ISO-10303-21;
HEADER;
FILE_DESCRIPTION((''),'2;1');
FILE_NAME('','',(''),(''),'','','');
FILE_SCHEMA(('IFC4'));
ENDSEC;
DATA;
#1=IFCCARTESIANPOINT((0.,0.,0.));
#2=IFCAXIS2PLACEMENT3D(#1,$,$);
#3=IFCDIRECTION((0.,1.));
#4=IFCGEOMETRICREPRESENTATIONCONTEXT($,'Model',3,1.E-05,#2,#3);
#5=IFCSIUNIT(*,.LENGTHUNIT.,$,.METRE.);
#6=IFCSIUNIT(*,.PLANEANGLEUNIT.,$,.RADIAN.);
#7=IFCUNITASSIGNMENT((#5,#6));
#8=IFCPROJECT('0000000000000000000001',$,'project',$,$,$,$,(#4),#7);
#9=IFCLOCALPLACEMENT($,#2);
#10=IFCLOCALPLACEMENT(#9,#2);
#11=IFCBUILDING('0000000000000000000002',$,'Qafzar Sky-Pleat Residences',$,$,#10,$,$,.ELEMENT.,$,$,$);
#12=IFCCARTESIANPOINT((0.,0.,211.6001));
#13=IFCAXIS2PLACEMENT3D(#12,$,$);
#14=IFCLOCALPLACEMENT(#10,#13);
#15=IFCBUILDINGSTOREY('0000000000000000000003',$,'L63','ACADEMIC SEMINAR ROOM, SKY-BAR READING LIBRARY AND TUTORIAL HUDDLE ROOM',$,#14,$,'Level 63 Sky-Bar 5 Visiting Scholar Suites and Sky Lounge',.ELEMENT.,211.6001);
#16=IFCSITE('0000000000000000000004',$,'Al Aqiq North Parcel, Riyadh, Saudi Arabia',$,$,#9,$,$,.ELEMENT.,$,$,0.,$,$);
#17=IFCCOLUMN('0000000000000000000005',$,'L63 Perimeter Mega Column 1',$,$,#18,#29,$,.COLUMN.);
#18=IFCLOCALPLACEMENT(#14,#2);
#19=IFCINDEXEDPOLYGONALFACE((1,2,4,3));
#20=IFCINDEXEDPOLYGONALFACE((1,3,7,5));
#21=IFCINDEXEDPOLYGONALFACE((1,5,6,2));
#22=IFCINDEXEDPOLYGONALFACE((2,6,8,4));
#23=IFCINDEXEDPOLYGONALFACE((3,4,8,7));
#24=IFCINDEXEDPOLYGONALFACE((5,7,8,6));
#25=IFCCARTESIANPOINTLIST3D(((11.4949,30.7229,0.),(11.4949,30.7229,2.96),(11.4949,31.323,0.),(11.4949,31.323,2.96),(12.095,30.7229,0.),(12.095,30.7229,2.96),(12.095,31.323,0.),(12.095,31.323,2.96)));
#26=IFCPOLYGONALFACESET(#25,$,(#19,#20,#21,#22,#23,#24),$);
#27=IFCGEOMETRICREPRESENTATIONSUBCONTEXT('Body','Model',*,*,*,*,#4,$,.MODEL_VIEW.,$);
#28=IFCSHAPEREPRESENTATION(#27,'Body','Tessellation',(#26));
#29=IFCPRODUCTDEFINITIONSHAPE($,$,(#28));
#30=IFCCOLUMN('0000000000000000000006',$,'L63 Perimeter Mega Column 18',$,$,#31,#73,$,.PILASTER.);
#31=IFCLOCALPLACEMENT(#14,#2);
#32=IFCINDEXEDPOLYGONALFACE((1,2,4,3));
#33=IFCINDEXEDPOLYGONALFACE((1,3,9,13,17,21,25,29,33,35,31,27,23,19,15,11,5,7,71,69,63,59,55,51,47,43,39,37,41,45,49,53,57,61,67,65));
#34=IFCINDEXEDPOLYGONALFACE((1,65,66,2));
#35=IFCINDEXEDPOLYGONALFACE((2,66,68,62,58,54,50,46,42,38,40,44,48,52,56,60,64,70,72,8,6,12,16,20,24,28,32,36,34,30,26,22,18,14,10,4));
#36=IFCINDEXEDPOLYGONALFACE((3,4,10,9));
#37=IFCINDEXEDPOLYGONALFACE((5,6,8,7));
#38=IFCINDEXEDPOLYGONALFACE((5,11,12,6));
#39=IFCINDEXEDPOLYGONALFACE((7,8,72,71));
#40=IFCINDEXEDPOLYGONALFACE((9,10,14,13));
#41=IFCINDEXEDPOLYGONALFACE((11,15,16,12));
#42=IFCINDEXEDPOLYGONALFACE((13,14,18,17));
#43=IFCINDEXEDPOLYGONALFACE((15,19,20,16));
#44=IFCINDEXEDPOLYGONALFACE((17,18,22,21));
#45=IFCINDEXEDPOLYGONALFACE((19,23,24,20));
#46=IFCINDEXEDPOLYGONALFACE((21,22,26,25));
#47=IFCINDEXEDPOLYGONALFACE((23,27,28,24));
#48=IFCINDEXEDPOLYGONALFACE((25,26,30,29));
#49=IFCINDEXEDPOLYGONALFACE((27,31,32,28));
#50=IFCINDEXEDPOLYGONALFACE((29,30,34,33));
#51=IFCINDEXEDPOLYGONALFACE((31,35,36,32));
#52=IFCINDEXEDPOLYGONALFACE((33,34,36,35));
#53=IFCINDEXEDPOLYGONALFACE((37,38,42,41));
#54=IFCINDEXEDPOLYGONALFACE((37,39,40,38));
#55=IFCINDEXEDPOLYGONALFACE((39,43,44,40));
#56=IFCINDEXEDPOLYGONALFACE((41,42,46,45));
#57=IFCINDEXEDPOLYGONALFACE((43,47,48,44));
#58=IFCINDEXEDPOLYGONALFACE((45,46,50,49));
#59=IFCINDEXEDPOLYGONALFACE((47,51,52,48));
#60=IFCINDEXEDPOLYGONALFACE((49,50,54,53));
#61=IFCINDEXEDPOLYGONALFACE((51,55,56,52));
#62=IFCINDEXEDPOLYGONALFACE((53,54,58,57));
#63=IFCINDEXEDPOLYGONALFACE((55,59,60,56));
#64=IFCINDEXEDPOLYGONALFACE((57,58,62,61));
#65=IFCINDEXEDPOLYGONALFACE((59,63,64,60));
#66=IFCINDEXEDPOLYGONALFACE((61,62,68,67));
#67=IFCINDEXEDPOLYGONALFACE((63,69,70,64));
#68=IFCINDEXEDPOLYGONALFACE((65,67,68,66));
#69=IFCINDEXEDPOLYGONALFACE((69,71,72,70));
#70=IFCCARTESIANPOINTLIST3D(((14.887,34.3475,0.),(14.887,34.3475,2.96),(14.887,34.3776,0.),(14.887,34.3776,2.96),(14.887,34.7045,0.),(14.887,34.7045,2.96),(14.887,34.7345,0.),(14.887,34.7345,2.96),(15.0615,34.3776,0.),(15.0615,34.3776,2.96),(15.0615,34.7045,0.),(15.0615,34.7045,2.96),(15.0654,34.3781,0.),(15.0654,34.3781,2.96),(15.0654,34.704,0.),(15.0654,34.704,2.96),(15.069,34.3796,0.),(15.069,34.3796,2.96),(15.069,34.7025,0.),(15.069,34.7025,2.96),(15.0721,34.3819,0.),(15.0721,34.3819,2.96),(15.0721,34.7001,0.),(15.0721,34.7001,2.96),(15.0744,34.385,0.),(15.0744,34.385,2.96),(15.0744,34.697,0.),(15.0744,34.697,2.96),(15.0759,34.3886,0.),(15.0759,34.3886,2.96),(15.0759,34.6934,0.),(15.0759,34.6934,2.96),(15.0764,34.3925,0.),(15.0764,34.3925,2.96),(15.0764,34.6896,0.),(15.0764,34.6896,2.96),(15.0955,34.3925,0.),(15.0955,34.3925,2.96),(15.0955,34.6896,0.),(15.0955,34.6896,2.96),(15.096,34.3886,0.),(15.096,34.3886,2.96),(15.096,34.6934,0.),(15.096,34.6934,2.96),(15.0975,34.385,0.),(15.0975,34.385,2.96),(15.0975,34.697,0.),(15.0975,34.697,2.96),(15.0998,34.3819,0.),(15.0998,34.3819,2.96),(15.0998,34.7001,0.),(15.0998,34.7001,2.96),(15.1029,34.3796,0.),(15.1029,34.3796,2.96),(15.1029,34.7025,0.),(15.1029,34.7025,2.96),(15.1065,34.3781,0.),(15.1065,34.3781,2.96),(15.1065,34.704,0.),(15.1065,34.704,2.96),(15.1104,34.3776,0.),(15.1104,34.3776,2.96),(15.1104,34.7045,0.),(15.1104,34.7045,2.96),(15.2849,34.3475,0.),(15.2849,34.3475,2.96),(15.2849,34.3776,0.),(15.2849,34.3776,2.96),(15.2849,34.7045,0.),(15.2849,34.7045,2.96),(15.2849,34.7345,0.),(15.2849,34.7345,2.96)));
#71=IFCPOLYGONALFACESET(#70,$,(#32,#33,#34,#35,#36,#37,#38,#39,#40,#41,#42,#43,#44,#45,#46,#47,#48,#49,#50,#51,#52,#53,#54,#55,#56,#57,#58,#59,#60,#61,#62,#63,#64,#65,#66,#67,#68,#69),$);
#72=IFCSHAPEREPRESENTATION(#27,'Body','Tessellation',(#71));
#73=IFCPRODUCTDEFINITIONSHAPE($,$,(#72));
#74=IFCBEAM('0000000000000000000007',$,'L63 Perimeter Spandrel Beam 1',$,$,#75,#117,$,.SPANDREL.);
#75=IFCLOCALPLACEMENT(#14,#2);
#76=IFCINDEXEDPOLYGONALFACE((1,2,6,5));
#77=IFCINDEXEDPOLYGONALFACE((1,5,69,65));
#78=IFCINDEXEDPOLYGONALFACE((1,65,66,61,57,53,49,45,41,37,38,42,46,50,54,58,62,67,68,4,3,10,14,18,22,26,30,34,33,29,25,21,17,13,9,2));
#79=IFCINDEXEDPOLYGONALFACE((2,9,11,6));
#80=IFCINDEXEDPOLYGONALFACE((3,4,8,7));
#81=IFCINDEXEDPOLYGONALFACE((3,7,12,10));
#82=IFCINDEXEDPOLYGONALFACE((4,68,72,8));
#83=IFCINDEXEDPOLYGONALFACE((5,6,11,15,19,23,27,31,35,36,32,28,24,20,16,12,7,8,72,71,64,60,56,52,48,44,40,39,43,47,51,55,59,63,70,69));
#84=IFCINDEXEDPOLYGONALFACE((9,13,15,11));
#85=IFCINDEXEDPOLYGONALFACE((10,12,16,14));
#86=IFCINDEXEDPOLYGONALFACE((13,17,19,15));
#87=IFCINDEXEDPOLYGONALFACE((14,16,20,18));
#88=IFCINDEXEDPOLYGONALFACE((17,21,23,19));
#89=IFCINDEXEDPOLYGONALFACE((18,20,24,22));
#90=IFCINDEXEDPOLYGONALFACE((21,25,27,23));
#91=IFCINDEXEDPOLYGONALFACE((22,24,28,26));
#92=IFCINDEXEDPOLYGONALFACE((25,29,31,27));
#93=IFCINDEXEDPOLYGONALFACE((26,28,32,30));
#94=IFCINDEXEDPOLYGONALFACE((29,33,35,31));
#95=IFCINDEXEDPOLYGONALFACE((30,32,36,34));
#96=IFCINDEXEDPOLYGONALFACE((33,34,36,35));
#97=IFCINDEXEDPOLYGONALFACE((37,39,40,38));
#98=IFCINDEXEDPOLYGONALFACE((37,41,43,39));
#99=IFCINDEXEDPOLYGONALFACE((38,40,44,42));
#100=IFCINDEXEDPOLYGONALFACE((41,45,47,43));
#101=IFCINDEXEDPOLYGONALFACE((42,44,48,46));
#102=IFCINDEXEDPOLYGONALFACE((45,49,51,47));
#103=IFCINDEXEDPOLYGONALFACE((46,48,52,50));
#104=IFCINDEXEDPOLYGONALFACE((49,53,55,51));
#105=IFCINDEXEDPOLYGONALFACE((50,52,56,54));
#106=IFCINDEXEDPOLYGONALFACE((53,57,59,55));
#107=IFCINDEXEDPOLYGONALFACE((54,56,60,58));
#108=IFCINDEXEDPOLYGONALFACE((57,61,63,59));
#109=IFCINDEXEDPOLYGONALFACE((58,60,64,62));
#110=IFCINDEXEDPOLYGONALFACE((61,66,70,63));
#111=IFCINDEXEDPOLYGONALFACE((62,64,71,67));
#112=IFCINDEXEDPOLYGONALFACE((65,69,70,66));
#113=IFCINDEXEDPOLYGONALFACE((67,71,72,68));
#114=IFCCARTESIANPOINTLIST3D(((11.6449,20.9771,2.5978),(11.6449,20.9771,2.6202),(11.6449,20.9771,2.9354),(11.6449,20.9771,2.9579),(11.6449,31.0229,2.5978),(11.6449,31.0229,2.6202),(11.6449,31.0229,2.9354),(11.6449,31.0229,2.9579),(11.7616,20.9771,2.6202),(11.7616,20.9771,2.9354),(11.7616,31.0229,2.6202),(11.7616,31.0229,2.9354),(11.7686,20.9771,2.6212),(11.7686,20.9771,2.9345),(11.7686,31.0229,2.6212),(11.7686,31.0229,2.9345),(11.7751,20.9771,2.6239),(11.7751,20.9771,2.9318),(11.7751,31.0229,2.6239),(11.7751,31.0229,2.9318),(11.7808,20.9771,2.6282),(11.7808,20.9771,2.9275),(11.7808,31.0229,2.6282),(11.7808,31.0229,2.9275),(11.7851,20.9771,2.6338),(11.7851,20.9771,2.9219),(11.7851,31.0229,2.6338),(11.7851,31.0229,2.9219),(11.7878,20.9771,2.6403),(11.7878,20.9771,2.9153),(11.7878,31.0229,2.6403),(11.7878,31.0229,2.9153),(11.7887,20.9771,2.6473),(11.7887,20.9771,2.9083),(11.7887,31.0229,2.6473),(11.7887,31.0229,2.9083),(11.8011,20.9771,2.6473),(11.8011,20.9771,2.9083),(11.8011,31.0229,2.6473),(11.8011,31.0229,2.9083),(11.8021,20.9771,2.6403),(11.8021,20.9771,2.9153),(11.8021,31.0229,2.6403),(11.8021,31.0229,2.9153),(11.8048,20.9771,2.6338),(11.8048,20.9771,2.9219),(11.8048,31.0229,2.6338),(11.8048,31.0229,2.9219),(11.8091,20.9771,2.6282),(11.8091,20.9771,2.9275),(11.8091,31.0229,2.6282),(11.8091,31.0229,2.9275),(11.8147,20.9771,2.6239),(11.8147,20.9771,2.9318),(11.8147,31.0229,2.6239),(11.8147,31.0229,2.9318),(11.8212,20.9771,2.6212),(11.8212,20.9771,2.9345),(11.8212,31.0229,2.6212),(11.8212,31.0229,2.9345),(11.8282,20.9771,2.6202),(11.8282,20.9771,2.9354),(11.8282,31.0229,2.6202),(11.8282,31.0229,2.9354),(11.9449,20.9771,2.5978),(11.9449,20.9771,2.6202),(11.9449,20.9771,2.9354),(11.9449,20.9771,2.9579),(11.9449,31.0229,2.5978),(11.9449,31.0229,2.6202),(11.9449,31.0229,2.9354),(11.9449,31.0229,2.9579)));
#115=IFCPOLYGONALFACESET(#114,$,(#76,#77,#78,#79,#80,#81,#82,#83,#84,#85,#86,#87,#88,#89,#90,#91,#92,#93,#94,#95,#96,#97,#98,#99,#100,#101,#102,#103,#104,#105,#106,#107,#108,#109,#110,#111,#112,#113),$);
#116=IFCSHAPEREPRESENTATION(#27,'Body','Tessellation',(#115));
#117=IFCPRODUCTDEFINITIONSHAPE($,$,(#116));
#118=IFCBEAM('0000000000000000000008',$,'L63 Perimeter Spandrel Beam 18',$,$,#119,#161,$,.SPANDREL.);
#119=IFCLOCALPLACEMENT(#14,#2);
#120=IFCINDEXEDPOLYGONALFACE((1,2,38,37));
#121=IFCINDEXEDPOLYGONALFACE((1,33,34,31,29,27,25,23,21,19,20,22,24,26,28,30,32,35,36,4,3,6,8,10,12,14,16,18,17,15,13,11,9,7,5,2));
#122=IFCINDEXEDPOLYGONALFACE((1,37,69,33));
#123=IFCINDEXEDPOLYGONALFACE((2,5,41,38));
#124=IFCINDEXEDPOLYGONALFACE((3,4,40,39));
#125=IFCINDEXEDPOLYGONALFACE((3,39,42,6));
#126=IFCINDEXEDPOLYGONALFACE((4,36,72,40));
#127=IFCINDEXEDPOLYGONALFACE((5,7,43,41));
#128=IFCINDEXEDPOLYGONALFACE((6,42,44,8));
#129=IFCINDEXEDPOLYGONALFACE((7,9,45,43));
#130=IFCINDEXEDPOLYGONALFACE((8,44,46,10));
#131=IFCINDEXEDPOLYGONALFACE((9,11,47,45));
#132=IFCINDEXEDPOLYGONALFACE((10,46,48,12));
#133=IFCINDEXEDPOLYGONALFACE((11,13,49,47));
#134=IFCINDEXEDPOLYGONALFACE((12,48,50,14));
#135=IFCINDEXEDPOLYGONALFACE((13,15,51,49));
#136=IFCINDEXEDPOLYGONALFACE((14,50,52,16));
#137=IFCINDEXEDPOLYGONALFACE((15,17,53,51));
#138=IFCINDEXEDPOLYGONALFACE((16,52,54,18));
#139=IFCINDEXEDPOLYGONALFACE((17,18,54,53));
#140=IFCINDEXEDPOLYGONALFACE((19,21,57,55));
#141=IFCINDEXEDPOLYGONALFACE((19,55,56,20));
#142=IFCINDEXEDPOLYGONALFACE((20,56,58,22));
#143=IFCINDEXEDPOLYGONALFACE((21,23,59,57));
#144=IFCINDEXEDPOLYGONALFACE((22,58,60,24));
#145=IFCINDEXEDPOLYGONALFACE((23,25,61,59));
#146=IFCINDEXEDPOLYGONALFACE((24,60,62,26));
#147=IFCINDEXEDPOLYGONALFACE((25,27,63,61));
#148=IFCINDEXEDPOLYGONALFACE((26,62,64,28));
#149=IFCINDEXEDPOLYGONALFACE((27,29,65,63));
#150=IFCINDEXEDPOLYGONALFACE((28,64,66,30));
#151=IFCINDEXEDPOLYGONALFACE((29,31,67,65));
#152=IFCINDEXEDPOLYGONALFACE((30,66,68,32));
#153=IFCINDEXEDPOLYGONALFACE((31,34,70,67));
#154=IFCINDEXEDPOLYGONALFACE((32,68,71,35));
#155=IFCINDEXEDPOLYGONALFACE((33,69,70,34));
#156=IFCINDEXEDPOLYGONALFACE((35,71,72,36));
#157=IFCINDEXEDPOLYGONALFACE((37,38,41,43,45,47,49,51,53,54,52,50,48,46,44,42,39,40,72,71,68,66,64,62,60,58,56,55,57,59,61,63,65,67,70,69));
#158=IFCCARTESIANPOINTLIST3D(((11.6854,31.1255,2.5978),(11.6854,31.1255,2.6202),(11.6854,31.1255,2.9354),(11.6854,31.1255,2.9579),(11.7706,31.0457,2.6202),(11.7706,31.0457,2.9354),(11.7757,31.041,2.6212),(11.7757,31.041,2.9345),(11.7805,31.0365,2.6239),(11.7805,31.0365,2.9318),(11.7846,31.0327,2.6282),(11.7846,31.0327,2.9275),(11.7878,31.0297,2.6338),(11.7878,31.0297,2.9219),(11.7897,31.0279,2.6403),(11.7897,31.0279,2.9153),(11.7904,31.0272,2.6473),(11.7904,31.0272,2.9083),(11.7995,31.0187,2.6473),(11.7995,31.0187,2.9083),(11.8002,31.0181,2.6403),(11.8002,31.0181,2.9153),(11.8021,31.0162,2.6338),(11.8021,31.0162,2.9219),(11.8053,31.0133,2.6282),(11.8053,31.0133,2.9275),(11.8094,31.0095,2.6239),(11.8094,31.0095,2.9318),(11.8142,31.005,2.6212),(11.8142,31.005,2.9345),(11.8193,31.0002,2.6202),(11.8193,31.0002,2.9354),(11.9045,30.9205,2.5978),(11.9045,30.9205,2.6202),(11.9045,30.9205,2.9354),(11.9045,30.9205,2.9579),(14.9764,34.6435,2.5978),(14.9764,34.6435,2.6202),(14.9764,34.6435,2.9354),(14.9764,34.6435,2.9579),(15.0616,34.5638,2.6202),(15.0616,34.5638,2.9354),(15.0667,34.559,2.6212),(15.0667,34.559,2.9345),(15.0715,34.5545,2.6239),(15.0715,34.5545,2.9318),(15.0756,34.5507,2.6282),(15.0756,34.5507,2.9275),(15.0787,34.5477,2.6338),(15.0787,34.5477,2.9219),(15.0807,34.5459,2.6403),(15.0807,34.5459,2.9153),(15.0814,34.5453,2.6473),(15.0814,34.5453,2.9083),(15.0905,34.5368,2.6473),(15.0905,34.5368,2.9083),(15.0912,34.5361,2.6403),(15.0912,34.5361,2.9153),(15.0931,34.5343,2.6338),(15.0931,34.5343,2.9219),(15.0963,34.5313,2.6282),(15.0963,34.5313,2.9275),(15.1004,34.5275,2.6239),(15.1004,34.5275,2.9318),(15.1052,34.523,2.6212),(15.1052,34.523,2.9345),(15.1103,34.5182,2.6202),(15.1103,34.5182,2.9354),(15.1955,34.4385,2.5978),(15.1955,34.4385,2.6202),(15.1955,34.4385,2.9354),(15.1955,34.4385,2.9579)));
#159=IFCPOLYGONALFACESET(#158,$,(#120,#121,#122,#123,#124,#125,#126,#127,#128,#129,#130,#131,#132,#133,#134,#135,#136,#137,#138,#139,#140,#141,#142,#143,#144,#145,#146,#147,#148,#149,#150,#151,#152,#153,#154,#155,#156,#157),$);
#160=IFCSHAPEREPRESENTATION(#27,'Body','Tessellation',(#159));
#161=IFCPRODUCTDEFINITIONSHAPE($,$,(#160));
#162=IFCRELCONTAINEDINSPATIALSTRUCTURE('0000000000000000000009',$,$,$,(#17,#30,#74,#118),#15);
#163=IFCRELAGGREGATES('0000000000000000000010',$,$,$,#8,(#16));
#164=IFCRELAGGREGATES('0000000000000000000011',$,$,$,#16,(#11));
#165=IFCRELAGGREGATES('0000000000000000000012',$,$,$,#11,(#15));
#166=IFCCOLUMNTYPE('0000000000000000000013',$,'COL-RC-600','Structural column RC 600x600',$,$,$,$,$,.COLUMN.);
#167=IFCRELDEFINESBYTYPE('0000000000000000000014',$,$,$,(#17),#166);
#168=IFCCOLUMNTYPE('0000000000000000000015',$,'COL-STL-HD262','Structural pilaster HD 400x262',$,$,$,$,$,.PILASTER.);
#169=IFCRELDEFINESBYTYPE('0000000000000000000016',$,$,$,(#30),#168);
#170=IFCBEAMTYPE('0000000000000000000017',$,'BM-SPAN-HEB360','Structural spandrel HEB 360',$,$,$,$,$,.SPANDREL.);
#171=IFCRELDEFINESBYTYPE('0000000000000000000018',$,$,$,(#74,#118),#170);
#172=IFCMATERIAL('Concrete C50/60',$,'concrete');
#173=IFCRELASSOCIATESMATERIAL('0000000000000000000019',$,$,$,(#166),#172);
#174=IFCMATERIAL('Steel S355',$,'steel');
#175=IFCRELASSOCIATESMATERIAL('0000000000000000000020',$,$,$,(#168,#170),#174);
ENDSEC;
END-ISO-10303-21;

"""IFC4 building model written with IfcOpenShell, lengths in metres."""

from ifc_helpers import new_model, si_unit, direction, frame, origin, origin_2d, place, context, subcontext, project, spatial, rectangle, i_section, extrude, source, transform, mapped, material, material_profile, profile_set, type_object, element, save


model = new_model("IFC4")

# Units and contexts
model_context = context("Model", 3, precision=1e-05, world=origin(), true_north=direction((0.0, 1.0)))
body_context = subcontext(model_context, "Body", "Model", "MODEL_VIEW")
ifc_project = project(units=[si_unit("LENGTHUNIT", "METRE"), si_unit("PLANEANGLEUNIT", "RADIAN")], contexts=[model_context])

# Site, building, storey
site_placement = place(None, origin())
site = spatial("IfcSite", under=ifc_project, at=site_placement, Name="Al Aqiq North Parcel, Riyadh, Saudi Arabia", CompositionType="ELEMENT", RefElevation=0.0)
building_placement = place(site_placement, origin())
building = spatial("IfcBuilding", under=site, at=building_placement, Name="Qafzar Sky-Pleat Residences", CompositionType="ELEMENT")
storey_placement = place(building_placement, frame((0.0, 0.0, 211.6001)))
storey = spatial("IfcBuildingStorey", under=building, at=storey_placement, Name="L63", Description="ACADEMIC SEMINAR ROOM, SKY-BAR READING LIBRARY AND TUTORIAL HUDDLE ROOM", LongName="Level 63 Sky-Bar 5 Visiting Scholar Suites and Sky Lounge", CompositionType="ELEMENT", Elevation=211.6001)

# Columns
ifc_material_1 = material(Name="Concrete C50/60", Category="concrete")
ifc_material_profile_1 = material_profile(ifc_material_1, rectangle(XDim=0.6001, YDim=0.6001, at=origin_2d()), Name="RC 600x600")
ifc_profile_set_1 = profile_set([ifc_material_profile_1], Name="Concrete C50/60")
column_type_1 = type_object("IfcColumnType", Name="COL-RC-600", Description="Structural column RC 600x600", PredefinedType="COLUMN", material=ifc_profile_set_1)
shared_shape_1 = source(origin(), body_context, "Body", "SweptSolid", [
    extrude(rectangle(XDim=0.6001, YDim=0.6001, at=origin_2d()), origin(), (0.0, 0.0, 1.0), 2.96),
])
column_1_placement = place(storey_placement, frame((11.7949, 31.0229, 0.0), z_axis=(0.0, 0.0, 1.0), x_axis=(1.0, 0.0, 0.0)))
element("IfcColumn", 1, at=column_1_placement, inside=storey, type_object=column_type_1, Name="L63 Perimeter Mega Column 1", PredefinedType="COLUMN", context=body_context, shape_type="MappedRepresentation", body=[
    mapped(shared_shape_1, transform((0.0, 0.0, 0.0), x_axis=(1.0, 0.0, 0.0), y_axis=(0.0, 1.0, 0.0), z_axis=(0.0, 0.0, 1.0), scale=1.0)),
])
ifc_material_2 = material(Name="Steel S355", Category="steel")
ifc_material_profile_2 = material_profile(ifc_material_2, i_section(OverallWidth=0.3979, OverallDepth=0.387, WebThickness=0.019, FlangeThickness=0.03, FilletRadius=0.0149, at=origin_2d()), Name="HD 400x262")
ifc_profile_set_2 = profile_set([ifc_material_profile_2], Name="Steel S355")
column_type_2 = type_object("IfcColumnType", Name="COL-STL-HD262", Description="Structural pilaster HD 400x262", PredefinedType="PILASTER", material=ifc_profile_set_2)
shared_shape_2 = source(origin(), body_context, "Body", "SweptSolid", [
    extrude(i_section(OverallWidth=0.3979, OverallDepth=0.387, WebThickness=0.019, FlangeThickness=0.03, FilletRadius=0.0149, at=origin_2d()), origin(), (0.0, 0.0, 1.0), 2.96),
])
column_2_placement = place(storey_placement, frame((15.0859, 34.541, 0.0), z_axis=(0.0, 0.0, 1.0), x_axis=(1.0, 0.0, 0.0)))
element("IfcColumn", 2, at=column_2_placement, inside=storey, type_object=column_type_2, Name="L63 Perimeter Mega Column 18", PredefinedType="PILASTER", context=body_context, shape_type="MappedRepresentation", body=[
    mapped(shared_shape_2, transform((0.0, 0.0, 0.0), x_axis=(1.0, 0.0, 0.0), y_axis=(0.0, 1.0, 0.0), z_axis=(0.0, 0.0, 1.0), scale=1.0)),
])

# Beams
ifc_material_profile_3 = material_profile(ifc_material_2, i_section(OverallWidth=0.3, OverallDepth=0.3601, WebThickness=0.0125, FlangeThickness=0.0225, FilletRadius=0.0271, at=origin_2d()), Name="HEB 360")
ifc_profile_set_3 = profile_set([ifc_material_profile_3], Name="Steel S355")
beam_type_1 = type_object("IfcBeamType", Name="BM-SPAN-HEB360", Description="Structural spandrel HEB 360", PredefinedType="SPANDREL", material=ifc_profile_set_3)
shared_shape_3 = source(origin(), body_context, "Body", "SweptSolid", [
    extrude(i_section(OverallWidth=0.3, OverallDepth=0.3601, WebThickness=0.0125, FlangeThickness=0.0225, FilletRadius=0.0271, at=origin_2d()), origin(), (0.0, 0.0, 1.0), 10.0459),
])
beam_1_placement = place(storey_placement, frame((11.7949, 31.0229, 2.7778), z_axis=(0.0, -1.0, 0.0), x_axis=(1.0, 0.0, 0.0)))
element("IfcBeam", 3, at=beam_1_placement, inside=storey, type_object=beam_type_1, Name="L63 Perimeter Spandrel Beam 1", PredefinedType="SPANDREL", context=body_context, shape_type="MappedRepresentation", body=[
    mapped(shared_shape_3, transform((0.0, 0.0, 0.0), x_axis=(1.0, 0.0, 0.0), y_axis=(0.0, 1.0, 0.0), z_axis=(0.0, 0.0, 1.0), scale=1.0)),
])
shared_shape_4 = source(origin(), body_context, "Body", "SweptSolid", [
    extrude(i_section(OverallWidth=0.3, OverallDepth=0.3601, WebThickness=0.0125, FlangeThickness=0.0225, FilletRadius=0.0271, at=origin_2d()), origin(), (0.0, 0.0, 1.0), 4.8174),
])
beam_2_placement = place(storey_placement, frame((15.0859, 34.541, 2.7778), z_axis=(-0.683148, -0.73028, 0.0), x_axis=(0.73028, -0.683148, 0.0)))
element("IfcBeam", 4, at=beam_2_placement, inside=storey, type_object=beam_type_1, Name="L63 Perimeter Spandrel Beam 18", PredefinedType="SPANDREL", context=body_context, shape_type="MappedRepresentation", body=[
    mapped(shared_shape_4, transform((0.0, 0.0, 0.0), x_axis=(1.0, 0.0, 0.0), y_axis=(0.0, 1.0, 0.0), z_axis=(0.0, 0.0, 1.0), scale=1.0)),
])

save(model, "model.ifc")
